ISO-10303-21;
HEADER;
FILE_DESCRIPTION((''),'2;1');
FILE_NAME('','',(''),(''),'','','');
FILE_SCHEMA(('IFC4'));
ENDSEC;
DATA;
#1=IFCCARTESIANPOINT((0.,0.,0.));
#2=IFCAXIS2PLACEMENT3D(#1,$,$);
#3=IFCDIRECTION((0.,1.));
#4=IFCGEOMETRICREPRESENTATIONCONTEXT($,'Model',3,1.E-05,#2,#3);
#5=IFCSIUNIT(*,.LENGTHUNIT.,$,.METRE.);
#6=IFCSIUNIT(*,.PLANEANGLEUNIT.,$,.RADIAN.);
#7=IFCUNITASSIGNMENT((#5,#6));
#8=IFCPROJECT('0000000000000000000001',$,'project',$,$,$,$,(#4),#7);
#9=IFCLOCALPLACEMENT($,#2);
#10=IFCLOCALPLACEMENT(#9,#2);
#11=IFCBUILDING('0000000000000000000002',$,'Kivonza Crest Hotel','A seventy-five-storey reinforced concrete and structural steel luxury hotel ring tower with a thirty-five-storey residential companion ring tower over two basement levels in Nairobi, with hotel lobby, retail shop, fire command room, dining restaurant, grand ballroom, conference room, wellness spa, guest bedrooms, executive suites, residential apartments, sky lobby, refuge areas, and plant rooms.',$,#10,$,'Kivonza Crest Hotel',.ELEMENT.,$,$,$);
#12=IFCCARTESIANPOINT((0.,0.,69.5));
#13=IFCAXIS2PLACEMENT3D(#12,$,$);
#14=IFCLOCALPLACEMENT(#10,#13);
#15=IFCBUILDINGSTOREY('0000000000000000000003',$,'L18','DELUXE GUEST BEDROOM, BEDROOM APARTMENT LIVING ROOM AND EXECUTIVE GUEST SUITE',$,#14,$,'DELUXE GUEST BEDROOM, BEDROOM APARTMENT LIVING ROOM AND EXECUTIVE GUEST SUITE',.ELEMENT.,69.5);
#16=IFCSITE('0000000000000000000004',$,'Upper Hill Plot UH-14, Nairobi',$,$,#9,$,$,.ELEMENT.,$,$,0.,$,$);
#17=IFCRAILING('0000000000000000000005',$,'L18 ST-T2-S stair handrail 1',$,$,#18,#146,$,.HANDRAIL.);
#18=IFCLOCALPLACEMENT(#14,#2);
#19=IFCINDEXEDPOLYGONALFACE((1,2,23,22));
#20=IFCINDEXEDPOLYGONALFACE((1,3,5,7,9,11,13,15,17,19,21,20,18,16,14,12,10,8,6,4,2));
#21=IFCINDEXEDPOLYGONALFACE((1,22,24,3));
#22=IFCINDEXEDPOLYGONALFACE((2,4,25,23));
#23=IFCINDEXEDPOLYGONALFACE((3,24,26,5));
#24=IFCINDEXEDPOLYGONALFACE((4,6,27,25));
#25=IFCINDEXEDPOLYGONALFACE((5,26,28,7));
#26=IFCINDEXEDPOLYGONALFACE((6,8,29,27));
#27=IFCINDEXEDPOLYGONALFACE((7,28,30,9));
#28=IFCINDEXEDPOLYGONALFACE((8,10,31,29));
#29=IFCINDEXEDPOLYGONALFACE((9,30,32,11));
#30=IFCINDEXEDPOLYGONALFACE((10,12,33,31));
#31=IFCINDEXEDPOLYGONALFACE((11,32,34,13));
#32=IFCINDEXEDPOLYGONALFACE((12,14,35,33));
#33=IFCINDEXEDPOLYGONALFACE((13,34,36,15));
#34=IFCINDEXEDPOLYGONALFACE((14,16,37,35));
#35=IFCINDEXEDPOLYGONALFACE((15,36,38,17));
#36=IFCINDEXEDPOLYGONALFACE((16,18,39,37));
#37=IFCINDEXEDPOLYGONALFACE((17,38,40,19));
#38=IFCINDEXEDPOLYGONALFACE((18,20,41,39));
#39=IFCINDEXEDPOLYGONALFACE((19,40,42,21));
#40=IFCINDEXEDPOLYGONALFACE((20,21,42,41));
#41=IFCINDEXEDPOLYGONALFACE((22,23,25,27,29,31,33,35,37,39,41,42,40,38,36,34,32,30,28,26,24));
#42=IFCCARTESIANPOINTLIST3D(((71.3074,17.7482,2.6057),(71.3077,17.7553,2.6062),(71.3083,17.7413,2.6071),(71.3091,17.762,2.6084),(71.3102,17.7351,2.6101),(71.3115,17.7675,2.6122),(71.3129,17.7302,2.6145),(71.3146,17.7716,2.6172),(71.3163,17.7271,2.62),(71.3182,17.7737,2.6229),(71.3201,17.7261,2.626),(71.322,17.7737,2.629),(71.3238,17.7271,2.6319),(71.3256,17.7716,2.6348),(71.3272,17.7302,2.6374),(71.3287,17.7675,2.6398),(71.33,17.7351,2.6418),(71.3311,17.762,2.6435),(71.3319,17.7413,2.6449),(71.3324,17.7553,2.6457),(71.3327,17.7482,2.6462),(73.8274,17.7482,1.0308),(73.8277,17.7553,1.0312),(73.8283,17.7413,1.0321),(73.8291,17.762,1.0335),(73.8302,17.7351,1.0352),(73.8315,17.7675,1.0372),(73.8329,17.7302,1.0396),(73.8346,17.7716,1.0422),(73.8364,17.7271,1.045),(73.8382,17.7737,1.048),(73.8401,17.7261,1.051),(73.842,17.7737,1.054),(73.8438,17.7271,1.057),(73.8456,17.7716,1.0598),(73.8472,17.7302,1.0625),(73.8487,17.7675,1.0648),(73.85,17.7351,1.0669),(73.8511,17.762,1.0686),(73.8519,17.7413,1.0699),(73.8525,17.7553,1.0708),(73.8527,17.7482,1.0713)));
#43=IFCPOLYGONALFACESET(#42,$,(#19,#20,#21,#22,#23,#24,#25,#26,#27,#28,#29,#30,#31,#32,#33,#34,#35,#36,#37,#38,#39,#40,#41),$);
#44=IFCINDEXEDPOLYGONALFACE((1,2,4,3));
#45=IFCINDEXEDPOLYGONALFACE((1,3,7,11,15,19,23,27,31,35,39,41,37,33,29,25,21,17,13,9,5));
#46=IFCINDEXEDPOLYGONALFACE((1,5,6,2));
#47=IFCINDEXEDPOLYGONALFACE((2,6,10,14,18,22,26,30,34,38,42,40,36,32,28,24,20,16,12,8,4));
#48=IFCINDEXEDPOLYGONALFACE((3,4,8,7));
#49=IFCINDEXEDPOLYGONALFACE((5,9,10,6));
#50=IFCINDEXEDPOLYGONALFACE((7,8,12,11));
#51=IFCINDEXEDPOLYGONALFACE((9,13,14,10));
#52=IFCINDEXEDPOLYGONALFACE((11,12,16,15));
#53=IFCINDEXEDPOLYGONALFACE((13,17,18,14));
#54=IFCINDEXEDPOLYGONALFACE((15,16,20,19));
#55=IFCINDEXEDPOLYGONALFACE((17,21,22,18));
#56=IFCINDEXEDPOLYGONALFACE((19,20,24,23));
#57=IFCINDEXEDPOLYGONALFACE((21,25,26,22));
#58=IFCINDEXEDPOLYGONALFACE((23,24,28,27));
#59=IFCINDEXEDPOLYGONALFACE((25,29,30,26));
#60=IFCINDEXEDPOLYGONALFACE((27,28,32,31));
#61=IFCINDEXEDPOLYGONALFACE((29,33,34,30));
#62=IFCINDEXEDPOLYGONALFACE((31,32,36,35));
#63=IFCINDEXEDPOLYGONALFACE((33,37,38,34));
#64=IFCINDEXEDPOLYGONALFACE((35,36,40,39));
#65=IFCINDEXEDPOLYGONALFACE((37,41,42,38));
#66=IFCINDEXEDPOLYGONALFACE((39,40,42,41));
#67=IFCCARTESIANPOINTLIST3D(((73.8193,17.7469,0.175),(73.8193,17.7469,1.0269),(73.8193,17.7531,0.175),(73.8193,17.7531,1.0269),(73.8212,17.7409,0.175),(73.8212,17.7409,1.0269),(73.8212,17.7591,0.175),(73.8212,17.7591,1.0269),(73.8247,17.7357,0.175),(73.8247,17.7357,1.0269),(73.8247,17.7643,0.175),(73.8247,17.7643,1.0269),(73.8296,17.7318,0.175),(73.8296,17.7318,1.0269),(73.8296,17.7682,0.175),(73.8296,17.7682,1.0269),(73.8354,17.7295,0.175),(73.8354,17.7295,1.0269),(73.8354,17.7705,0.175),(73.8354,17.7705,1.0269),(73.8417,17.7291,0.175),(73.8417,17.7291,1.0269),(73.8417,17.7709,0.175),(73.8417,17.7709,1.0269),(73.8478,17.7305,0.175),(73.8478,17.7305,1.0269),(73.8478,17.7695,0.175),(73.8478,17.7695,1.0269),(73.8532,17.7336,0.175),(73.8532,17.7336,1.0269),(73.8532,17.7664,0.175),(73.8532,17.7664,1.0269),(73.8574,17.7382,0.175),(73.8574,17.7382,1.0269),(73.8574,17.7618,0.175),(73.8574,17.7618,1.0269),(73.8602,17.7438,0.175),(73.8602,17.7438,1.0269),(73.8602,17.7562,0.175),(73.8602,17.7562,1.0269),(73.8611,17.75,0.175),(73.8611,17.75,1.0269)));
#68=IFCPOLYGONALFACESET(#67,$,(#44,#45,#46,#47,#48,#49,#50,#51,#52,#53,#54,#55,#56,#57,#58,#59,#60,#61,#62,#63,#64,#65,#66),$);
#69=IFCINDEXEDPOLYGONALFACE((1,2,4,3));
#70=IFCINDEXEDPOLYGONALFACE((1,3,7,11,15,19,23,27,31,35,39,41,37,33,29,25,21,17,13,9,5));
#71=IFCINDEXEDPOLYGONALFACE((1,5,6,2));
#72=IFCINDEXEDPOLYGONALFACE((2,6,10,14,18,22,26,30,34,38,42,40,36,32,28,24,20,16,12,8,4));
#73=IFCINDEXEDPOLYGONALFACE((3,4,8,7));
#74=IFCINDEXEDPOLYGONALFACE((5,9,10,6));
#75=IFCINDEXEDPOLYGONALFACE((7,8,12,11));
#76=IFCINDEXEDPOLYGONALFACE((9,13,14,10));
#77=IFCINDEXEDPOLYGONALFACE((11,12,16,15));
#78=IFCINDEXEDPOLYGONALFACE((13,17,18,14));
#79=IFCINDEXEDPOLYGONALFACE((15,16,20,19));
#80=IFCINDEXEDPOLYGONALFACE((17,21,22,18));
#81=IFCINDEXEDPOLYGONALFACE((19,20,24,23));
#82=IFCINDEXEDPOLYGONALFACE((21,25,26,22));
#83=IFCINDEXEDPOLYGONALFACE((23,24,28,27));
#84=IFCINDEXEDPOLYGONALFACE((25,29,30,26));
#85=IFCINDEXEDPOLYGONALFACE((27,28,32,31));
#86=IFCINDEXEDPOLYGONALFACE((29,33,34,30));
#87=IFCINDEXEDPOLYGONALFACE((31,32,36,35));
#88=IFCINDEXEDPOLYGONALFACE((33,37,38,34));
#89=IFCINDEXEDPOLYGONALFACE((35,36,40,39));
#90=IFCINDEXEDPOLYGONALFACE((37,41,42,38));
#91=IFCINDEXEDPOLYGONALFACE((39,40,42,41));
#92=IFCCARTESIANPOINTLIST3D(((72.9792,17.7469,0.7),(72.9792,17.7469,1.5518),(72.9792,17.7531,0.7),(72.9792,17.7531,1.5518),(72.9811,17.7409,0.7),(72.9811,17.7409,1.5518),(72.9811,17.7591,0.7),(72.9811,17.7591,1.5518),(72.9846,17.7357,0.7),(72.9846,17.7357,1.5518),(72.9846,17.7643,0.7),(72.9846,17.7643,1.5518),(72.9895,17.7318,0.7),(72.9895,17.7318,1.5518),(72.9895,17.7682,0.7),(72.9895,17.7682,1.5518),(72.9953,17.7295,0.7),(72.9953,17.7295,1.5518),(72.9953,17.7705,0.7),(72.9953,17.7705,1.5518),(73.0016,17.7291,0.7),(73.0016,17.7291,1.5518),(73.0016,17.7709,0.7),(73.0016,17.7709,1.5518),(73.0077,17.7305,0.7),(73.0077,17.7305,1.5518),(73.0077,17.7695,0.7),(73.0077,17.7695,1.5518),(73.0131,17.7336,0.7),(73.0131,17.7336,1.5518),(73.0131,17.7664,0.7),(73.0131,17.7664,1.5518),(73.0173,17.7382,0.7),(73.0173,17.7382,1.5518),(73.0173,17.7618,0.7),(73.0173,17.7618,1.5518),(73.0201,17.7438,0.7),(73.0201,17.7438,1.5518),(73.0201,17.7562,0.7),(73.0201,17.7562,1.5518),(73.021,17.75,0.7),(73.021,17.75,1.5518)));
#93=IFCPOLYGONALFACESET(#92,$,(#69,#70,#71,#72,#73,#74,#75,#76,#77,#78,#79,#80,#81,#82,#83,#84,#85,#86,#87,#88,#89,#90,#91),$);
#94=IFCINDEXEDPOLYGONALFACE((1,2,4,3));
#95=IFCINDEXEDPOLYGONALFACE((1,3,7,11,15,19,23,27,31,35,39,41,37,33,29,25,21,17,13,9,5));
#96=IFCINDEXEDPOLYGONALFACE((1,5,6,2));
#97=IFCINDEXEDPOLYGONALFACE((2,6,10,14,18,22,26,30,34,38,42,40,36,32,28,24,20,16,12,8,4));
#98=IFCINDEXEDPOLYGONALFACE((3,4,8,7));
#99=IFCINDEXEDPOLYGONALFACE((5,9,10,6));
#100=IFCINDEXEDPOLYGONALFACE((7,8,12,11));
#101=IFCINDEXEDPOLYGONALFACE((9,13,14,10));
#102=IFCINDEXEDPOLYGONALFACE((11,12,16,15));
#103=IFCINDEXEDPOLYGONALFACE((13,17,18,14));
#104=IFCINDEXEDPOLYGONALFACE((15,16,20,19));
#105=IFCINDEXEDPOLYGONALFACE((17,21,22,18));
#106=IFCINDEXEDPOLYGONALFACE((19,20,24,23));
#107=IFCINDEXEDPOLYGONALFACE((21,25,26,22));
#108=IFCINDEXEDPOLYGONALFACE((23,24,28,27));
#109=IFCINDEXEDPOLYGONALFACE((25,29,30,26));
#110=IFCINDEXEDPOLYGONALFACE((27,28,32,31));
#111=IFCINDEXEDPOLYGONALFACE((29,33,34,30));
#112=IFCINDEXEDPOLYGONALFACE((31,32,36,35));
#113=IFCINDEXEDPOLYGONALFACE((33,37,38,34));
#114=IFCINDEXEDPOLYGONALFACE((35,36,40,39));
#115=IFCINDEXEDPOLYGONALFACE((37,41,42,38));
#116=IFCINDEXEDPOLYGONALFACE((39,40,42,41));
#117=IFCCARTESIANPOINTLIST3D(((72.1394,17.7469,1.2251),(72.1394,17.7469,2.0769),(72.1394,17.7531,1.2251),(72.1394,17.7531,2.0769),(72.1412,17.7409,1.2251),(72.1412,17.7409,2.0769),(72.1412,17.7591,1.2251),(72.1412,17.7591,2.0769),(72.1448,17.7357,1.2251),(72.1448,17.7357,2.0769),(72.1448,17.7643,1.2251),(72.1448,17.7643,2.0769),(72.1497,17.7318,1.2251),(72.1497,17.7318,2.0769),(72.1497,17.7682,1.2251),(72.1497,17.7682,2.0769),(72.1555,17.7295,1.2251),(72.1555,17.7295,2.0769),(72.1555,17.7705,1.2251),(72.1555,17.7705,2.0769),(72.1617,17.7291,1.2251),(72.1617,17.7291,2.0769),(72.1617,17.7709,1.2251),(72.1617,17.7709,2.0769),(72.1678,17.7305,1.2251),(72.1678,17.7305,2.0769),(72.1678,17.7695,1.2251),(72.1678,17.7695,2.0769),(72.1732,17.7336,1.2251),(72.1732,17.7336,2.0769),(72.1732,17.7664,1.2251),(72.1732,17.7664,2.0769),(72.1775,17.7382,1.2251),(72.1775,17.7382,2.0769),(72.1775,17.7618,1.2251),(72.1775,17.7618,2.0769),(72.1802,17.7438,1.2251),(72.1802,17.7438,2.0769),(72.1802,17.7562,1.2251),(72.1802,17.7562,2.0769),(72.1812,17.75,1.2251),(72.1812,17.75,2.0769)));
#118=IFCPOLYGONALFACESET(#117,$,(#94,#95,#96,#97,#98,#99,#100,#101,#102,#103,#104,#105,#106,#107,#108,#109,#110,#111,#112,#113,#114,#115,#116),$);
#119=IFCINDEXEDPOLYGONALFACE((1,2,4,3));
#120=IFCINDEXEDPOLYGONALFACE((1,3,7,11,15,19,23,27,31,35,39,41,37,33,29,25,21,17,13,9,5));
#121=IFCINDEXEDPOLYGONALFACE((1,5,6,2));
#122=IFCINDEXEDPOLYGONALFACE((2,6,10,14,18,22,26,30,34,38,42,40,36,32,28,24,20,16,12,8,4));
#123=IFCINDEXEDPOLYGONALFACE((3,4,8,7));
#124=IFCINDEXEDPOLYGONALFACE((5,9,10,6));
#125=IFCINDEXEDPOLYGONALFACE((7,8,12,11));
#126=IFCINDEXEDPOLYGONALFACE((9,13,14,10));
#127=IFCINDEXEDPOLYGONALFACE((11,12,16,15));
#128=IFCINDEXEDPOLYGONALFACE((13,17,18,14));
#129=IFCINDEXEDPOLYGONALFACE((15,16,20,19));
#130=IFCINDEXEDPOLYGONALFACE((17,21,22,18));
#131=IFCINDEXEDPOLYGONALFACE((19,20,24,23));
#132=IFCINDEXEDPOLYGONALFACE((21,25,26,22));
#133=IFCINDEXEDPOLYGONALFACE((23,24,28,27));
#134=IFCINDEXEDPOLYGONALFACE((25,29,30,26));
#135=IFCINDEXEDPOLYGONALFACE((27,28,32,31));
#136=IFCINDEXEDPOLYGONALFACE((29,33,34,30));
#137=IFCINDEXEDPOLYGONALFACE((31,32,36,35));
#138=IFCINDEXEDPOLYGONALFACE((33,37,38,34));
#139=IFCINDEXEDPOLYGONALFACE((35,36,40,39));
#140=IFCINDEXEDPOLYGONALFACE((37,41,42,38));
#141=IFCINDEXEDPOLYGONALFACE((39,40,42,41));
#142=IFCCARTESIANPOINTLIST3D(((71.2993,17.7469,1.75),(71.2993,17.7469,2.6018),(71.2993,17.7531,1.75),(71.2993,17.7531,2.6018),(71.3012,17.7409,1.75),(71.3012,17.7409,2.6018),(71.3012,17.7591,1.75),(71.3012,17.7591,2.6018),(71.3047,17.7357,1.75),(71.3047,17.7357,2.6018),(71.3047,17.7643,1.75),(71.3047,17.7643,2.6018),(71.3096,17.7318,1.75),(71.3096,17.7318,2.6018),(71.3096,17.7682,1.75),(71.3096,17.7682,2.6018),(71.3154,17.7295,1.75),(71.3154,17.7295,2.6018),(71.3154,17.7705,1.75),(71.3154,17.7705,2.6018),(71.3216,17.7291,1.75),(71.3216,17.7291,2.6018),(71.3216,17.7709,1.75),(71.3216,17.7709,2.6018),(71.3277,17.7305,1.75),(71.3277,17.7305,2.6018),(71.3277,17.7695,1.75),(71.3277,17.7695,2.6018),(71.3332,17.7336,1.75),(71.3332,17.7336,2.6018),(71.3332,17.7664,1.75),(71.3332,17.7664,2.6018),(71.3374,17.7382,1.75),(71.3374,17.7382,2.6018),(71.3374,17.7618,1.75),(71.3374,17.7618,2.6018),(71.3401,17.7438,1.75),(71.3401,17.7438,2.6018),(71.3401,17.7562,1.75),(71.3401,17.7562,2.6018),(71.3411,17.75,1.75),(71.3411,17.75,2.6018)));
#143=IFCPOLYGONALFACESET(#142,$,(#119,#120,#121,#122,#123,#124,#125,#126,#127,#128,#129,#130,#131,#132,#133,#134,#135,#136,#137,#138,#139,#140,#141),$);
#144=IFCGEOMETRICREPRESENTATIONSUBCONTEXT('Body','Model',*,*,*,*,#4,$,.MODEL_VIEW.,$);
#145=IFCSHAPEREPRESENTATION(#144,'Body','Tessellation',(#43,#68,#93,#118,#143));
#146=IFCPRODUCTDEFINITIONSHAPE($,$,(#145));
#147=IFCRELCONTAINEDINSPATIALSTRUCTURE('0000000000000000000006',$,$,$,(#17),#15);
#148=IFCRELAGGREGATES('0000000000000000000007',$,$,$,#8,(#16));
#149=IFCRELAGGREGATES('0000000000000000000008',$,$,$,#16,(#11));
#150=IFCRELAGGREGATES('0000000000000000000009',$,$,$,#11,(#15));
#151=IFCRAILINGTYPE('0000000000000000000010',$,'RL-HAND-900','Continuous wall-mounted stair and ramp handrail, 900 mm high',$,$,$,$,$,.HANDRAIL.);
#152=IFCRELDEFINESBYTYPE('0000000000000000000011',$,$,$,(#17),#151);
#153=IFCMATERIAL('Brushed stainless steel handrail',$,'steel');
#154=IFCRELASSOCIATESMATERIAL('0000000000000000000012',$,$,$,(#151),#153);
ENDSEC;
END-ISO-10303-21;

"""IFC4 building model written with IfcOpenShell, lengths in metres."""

from ifc_helpers import new_model, si_unit, direction, frame, origin, origin_2d, place, context, subcontext, project, spatial, circle, extrude, material, type_object, element, save


model = new_model("IFC4")

# Units and contexts
model_context = context("Model", 3, precision=1e-05, world=origin(), true_north=direction((0.0, 1.0)))
body_context = subcontext(model_context, "Body", "Model", "MODEL_VIEW")
ifc_project = project(units=[si_unit("LENGTHUNIT", "METRE"), si_unit("PLANEANGLEUNIT", "RADIAN")], contexts=[model_context])

# Site, building, storey
site_placement = place(None, origin())
site = spatial("IfcSite", under=ifc_project, at=site_placement, Name="Upper Hill Plot UH-14, Nairobi", CompositionType="ELEMENT", RefElevation=0.0)
building_placement = place(site_placement, origin())
building = spatial("IfcBuilding", under=site, at=building_placement, Name="Kivonza Crest Hotel", Description="A seventy-five-storey reinforced concrete and structural steel luxury hotel ring tower with a thirty-five-storey residential companion ring tower over two basement levels in Nairobi, with hotel lobby, retail shop, fire command room, dining restaurant, grand ballroom, conference room, wellness spa, guest bedrooms, executive suites, residential apartments, sky lobby, refuge areas, and plant rooms.", LongName="Kivonza Crest Hotel", CompositionType="ELEMENT")
storey_placement = place(building_placement, frame((0.0, 0.0, 69.5)))
storey = spatial("IfcBuildingStorey", under=building, at=storey_placement, Name="L18", Description="DELUXE GUEST BEDROOM, BEDROOM APARTMENT LIVING ROOM AND EXECUTIVE GUEST SUITE", LongName="DELUXE GUEST BEDROOM, BEDROOM APARTMENT LIVING ROOM AND EXECUTIVE GUEST SUITE", CompositionType="ELEMENT", Elevation=69.5)

# Railing
ifc_material_1 = material(Name="Brushed stainless steel handrail", Category="steel")
railing_type_1 = type_object("IfcRailingType", Name="RL-HAND-900", Description="Continuous wall-mounted stair and ramp handrail, 900 mm high", PredefinedType="HANDRAIL", material=ifc_material_1)
railing_1_placement = place(storey_placement, frame((73.8401, 17.75, 0.175)))
element("IfcRailing", 1, at=railing_1_placement, inside=storey, type_object=railing_type_1, Name="L18 ST-T2-S stair handrail 1", PredefinedType="HANDRAIL", context=body_context, shape_type="SweptSolid", body=[
    extrude(circle(Radius=0.0239, at=origin_2d()), frame((0.0, 0.0, 0.876), z_axis=(-0.848008, 0.0, 0.529984), x_axis=(0.0, -1.0, 0.0)), (0.0, 0.0, 1.0), 2.9717),
    extrude(circle(Radius=0.021, at=origin_2d()), origin(), (0.0, 0.0, 1.0), 0.8518),
    extrude(circle(Radius=0.021, at=origin_2d()), frame((-0.8401, 0.0, 0.5249)), (0.0, 0.0, 1.0), 0.8518),
    extrude(circle(Radius=0.021, at=origin_2d()), frame((-1.6799, 0.0, 1.05)), (0.0, 0.0, 1.0), 0.8518),
    extrude(circle(Radius=0.021, at=origin_2d()), frame((-2.52, 0.0, 1.575)), (0.0, 0.0, 1.0), 0.8518),
])

save(model, "model.ifc")
